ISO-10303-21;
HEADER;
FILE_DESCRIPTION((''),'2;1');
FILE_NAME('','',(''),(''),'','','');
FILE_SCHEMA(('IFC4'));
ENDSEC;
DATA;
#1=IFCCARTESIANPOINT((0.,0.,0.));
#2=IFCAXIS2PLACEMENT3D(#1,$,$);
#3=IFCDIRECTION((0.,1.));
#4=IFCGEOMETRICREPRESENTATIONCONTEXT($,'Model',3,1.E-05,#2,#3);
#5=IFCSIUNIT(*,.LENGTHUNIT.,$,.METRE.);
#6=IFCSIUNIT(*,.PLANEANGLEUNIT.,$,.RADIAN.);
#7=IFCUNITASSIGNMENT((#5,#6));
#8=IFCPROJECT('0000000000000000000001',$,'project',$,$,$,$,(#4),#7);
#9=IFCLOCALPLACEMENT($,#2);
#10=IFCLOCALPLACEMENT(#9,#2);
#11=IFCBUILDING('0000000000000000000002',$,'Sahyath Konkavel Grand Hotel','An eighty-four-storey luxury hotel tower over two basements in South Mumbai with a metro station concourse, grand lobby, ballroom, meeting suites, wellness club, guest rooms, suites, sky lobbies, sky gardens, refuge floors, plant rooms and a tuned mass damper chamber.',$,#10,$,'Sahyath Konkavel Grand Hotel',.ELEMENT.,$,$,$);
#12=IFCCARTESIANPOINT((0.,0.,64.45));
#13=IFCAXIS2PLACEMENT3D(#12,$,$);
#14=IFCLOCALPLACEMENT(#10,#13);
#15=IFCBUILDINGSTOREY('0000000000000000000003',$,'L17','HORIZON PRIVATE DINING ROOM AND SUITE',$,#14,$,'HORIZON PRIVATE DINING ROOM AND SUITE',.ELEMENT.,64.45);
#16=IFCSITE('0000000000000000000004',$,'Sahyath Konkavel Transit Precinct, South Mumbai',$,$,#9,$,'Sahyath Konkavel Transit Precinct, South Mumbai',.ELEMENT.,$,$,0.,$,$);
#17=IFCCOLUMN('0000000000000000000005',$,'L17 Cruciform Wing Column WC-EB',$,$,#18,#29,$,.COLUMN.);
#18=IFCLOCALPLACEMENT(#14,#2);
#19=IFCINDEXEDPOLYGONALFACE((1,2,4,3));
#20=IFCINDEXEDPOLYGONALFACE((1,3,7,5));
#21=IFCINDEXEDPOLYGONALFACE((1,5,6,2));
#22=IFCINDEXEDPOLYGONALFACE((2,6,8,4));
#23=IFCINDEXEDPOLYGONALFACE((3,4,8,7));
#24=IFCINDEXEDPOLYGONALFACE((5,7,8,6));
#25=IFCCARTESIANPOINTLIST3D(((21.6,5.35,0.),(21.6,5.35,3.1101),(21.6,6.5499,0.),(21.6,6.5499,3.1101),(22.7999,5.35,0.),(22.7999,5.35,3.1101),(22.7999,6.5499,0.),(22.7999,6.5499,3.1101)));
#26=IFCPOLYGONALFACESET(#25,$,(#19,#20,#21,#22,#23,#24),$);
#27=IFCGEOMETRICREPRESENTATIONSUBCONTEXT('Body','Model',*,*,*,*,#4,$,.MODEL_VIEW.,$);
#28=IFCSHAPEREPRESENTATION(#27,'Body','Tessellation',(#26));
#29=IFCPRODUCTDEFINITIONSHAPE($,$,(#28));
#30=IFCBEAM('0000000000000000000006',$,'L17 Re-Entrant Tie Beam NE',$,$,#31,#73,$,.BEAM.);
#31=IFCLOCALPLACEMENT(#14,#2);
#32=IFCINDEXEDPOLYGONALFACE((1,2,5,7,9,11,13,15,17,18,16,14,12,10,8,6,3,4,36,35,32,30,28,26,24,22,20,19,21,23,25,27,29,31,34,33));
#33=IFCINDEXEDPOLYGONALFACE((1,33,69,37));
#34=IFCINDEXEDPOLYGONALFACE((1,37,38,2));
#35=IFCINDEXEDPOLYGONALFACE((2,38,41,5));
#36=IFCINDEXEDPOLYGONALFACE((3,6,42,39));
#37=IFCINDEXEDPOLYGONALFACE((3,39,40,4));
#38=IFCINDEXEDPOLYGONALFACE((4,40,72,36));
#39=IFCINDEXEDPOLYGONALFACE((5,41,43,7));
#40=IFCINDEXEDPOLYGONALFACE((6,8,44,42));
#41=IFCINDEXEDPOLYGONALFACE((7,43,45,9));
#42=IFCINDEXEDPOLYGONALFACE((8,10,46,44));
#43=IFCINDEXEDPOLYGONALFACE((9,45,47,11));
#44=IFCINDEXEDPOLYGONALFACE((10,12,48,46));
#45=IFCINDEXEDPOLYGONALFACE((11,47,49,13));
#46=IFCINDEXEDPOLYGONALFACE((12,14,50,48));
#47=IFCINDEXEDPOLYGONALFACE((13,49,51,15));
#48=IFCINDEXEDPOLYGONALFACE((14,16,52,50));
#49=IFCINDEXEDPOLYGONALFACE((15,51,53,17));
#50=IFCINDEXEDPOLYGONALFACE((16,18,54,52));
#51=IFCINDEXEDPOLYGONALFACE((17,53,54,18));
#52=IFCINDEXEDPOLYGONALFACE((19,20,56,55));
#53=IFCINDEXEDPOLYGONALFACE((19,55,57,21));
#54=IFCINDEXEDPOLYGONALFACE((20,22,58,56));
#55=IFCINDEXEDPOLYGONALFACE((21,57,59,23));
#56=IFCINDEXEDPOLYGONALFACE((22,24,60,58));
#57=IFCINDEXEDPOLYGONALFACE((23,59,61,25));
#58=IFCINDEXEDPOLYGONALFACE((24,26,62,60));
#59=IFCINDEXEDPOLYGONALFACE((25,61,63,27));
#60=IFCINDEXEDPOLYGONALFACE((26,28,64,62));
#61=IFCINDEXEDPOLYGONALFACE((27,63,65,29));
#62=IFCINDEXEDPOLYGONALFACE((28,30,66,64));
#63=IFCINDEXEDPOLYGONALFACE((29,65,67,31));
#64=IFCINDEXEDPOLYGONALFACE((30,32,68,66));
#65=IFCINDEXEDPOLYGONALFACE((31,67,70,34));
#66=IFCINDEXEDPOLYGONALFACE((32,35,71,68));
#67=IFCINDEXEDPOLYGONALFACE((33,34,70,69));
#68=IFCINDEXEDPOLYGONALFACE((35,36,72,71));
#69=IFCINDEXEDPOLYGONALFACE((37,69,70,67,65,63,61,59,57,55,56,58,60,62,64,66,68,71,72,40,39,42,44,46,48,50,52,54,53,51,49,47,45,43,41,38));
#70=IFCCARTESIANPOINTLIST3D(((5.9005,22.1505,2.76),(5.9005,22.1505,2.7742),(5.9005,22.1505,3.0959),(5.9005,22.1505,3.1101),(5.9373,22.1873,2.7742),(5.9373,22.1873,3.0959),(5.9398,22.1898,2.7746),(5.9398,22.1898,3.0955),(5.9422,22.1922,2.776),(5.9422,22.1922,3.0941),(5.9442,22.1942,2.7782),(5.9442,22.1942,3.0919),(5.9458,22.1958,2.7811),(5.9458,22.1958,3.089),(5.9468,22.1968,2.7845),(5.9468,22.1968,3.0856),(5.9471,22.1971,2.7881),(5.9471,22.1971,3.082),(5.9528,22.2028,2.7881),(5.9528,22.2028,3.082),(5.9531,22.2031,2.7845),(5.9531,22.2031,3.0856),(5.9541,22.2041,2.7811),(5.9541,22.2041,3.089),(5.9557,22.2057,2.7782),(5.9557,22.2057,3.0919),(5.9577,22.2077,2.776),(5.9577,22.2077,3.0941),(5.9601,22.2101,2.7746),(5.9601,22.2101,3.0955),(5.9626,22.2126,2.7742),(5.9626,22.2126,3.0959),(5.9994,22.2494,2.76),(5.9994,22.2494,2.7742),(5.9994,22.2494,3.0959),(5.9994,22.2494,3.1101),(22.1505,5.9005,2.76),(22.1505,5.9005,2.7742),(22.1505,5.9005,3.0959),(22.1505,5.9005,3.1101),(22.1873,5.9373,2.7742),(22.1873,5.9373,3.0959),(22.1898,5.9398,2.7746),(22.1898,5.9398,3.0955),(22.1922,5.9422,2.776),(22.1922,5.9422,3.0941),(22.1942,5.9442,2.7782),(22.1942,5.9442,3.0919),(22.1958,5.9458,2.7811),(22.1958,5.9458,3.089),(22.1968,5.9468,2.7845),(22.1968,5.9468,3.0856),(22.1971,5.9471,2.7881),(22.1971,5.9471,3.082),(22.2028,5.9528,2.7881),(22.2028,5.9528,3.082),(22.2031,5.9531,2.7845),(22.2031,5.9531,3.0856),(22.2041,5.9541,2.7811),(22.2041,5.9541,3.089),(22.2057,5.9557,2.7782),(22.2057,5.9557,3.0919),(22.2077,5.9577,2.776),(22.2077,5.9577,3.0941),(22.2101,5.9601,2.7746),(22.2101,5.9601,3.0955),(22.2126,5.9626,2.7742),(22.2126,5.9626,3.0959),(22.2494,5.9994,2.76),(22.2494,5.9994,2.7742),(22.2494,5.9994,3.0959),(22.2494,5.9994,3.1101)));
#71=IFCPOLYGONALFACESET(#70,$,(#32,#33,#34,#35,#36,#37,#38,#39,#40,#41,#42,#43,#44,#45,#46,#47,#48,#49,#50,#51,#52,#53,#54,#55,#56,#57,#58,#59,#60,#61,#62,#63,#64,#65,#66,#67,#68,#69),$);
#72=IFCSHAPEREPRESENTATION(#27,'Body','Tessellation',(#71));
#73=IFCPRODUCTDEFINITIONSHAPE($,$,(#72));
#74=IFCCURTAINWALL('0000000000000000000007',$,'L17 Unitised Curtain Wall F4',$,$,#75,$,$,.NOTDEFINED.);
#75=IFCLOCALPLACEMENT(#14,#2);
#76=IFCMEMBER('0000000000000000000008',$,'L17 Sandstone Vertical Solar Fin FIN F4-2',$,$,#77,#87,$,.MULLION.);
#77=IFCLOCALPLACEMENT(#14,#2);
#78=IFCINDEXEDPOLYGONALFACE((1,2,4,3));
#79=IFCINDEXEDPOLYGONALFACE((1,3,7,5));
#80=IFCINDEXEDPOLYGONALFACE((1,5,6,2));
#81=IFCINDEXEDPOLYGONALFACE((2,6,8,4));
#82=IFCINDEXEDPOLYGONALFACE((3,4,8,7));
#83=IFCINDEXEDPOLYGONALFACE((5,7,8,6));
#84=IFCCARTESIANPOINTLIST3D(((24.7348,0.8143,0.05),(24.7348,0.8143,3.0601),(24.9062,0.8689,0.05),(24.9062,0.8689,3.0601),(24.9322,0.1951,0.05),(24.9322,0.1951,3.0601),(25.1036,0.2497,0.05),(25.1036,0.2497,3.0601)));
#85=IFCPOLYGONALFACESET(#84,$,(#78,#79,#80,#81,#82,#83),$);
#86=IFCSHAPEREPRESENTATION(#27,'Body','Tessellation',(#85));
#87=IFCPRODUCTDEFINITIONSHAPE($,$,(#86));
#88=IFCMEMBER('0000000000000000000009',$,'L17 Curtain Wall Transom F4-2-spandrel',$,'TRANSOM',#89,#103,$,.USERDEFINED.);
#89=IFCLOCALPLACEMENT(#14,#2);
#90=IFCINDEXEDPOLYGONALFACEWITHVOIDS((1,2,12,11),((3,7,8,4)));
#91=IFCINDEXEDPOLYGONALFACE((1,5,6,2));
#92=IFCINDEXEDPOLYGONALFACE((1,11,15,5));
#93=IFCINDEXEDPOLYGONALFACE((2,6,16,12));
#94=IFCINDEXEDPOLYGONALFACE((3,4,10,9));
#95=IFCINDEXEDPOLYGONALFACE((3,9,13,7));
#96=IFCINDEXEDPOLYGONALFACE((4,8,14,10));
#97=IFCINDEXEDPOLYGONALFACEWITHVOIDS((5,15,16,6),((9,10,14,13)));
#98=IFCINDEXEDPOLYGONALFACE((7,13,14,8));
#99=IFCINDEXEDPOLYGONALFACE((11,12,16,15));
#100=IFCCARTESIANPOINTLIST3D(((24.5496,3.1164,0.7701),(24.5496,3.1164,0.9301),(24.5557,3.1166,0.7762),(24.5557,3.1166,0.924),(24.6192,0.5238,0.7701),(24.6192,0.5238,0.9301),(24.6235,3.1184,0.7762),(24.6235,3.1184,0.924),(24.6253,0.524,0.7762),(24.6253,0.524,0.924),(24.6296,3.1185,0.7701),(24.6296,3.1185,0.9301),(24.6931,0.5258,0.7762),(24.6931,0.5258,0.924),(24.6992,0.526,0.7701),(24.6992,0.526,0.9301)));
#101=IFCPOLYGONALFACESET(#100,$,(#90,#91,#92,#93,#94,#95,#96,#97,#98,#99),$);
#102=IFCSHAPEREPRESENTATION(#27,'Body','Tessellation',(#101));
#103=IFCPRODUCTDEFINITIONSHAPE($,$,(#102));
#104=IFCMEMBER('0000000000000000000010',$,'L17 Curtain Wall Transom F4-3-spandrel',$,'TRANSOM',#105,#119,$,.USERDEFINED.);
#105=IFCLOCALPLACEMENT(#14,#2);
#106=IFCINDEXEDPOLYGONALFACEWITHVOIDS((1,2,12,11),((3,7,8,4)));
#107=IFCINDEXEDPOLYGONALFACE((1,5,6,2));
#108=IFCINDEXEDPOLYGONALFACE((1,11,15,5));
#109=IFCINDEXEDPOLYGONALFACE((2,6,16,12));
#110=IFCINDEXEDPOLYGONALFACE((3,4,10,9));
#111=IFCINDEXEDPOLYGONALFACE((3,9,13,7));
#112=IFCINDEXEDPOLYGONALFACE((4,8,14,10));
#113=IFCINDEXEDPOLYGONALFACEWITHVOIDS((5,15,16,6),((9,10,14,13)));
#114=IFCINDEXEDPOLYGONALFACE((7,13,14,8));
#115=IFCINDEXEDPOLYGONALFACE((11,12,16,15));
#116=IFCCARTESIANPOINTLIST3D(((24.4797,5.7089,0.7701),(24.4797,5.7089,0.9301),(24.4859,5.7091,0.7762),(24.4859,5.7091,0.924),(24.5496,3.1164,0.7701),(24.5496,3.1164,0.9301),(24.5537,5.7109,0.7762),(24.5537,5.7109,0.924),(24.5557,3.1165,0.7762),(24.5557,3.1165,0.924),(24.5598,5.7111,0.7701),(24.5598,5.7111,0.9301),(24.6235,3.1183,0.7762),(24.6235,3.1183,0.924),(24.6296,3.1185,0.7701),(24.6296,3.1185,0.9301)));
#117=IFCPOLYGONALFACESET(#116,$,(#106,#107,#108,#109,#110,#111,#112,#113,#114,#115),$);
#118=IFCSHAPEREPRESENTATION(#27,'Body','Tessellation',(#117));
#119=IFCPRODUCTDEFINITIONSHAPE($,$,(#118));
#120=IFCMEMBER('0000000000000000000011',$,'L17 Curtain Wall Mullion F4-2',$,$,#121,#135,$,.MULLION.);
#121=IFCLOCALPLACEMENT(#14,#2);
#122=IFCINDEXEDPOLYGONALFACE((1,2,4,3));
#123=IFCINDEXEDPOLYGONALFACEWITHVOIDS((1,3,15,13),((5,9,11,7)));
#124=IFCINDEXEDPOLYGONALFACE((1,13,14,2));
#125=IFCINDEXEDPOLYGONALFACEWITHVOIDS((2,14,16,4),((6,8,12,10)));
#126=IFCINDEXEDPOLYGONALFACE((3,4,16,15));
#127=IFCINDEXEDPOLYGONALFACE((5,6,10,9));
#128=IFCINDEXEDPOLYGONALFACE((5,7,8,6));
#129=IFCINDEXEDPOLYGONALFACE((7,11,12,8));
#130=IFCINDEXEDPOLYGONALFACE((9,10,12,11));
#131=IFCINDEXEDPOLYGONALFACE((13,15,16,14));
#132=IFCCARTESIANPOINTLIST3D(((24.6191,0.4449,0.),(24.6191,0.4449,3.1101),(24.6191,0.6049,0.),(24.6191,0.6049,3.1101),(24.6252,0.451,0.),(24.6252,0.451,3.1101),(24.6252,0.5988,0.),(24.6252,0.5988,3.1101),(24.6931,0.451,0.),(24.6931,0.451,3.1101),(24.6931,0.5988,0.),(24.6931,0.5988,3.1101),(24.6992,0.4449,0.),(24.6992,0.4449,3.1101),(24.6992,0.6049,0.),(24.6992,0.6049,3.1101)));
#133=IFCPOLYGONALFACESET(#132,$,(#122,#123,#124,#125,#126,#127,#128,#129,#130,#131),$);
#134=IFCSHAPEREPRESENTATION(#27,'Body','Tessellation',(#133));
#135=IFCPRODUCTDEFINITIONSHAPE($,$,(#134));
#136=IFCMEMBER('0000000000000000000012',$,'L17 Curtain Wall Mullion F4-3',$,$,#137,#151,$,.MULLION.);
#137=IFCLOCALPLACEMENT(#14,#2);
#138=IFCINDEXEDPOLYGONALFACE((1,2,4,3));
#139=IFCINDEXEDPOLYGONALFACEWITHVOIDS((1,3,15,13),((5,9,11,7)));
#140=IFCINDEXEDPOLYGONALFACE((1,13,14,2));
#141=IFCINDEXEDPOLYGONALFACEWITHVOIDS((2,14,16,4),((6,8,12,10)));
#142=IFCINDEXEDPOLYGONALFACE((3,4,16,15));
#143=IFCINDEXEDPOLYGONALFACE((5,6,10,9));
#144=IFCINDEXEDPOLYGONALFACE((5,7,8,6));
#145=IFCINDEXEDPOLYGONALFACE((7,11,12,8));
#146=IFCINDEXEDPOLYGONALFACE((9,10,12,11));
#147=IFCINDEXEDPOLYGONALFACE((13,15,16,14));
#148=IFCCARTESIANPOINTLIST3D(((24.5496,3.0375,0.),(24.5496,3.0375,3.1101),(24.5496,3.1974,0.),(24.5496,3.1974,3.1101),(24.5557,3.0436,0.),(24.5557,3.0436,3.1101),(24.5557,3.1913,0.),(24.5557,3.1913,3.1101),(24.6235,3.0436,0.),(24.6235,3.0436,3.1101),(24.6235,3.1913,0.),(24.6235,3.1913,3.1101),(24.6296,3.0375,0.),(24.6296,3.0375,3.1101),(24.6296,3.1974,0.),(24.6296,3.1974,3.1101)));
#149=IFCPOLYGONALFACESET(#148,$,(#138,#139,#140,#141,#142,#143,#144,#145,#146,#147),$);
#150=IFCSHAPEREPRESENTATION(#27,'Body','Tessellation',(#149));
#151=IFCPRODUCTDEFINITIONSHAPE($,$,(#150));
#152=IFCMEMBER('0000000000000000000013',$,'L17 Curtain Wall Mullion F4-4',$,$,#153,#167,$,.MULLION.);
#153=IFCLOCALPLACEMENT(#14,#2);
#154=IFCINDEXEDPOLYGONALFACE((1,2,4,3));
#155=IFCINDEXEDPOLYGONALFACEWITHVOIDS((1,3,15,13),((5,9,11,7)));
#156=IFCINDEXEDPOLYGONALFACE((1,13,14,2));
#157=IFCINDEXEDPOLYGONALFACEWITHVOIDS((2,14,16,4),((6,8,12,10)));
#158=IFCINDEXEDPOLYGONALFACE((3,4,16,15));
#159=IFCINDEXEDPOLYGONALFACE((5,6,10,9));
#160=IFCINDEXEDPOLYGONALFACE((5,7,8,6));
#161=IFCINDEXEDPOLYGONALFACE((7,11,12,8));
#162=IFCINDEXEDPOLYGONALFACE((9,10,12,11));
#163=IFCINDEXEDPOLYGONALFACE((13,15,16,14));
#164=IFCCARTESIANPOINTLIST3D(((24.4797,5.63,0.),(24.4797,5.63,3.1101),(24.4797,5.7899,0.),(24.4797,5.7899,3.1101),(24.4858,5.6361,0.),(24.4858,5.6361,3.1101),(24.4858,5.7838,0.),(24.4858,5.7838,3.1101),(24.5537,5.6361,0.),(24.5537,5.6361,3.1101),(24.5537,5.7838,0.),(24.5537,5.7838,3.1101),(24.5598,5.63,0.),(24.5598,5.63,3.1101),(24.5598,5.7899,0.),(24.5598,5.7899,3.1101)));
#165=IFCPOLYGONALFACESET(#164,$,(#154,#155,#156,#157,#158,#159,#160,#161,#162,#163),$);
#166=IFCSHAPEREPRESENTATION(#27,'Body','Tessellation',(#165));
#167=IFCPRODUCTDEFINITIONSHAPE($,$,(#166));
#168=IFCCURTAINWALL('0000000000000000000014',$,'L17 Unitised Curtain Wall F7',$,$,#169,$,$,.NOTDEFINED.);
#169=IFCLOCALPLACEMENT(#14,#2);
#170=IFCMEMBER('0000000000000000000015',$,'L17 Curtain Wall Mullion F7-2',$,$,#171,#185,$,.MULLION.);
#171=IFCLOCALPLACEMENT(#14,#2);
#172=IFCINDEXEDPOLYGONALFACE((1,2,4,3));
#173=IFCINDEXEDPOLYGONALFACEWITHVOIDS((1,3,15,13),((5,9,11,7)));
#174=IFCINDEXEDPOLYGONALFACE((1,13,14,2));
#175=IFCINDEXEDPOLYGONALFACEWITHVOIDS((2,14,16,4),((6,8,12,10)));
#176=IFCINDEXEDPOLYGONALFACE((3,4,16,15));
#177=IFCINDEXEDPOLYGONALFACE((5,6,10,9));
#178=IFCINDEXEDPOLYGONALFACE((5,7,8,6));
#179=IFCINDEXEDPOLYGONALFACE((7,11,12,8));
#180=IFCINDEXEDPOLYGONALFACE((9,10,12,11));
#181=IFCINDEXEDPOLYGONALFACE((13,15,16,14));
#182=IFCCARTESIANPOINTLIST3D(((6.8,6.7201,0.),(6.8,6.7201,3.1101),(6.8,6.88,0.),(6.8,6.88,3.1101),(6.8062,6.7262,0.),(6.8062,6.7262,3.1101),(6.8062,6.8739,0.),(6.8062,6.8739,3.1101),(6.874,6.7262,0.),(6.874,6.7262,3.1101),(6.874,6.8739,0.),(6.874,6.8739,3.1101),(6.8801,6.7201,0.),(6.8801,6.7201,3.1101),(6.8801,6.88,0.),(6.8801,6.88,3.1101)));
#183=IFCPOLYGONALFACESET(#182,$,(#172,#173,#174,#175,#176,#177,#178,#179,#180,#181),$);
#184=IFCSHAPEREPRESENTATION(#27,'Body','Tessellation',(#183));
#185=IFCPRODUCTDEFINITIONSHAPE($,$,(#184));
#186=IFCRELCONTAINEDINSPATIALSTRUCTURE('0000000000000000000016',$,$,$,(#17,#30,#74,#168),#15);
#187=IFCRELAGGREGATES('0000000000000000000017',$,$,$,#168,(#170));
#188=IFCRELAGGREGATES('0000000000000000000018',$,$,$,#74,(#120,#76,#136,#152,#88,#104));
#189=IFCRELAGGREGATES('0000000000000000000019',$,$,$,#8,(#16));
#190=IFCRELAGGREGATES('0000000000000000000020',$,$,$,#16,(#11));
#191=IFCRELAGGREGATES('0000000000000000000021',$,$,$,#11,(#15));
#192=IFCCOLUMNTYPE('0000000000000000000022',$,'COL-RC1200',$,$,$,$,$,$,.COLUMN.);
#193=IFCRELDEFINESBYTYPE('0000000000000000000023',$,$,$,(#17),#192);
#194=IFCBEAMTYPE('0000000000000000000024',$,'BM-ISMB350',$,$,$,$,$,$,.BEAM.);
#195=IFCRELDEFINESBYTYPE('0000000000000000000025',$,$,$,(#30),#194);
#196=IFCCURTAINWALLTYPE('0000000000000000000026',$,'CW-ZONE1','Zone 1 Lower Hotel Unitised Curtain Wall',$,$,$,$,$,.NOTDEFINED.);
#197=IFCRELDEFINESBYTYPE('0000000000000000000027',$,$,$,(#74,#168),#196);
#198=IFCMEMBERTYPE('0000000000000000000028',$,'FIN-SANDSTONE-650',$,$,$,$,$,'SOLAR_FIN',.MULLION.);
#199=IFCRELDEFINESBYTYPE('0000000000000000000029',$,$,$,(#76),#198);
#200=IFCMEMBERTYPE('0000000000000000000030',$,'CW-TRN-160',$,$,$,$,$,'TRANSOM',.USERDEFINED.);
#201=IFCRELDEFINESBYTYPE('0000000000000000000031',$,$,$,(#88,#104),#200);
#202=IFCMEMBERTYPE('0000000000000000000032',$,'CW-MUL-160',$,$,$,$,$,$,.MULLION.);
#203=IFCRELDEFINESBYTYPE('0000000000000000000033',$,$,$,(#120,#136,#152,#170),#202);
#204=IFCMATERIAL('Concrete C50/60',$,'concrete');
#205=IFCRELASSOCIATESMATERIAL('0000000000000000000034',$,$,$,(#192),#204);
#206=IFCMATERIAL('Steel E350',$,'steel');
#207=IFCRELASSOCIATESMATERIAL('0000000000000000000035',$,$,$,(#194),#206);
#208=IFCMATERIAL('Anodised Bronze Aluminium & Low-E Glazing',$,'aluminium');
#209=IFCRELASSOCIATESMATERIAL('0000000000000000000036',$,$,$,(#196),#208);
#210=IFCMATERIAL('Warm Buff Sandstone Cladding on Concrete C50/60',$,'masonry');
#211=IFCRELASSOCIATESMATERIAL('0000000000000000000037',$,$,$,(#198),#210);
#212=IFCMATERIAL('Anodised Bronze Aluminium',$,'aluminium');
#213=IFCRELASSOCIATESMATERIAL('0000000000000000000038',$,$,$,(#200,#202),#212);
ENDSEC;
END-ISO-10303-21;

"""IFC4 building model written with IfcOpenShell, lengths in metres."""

from ifc_helpers import new_model, si_unit, direction, frame, origin, origin_2d, place, context, subcontext, project, spatial, rectangle, hollow_rectangle, i_section, extrude, source, transform, mapped, material, material_profile, profile_set, type_object, element, aggregate, save


model = new_model("IFC4")

# Units and contexts
model_context = context("Model", 3, precision=1e-05, world=origin(), true_north=direction((0.0, 1.0)))
body_context = subcontext(model_context, "Body", "Model", "MODEL_VIEW")
ifc_project = project(units=[si_unit("LENGTHUNIT", "METRE"), si_unit("PLANEANGLEUNIT", "RADIAN")], contexts=[model_context])

# Site, building, storey
site_placement = place(None, origin())
site = spatial("IfcSite", under=ifc_project, at=site_placement, Name="Sahyath Konkavel Transit Precinct, South Mumbai", LongName="Sahyath Konkavel Transit Precinct, South Mumbai", CompositionType="ELEMENT", RefElevation=0.0)
building_placement = place(site_placement, origin())
building = spatial("IfcBuilding", under=site, at=building_placement, Name="Sahyath Konkavel Grand Hotel", Description="An eighty-four-storey luxury hotel tower over two basements in South Mumbai with a metro station concourse, grand lobby, ballroom, meeting suites, wellness club, guest rooms, suites, sky lobbies, sky gardens, refuge floors, plant rooms and a tuned mass damper chamber.", LongName="Sahyath Konkavel Grand Hotel", CompositionType="ELEMENT")
storey_placement = place(building_placement, frame((0.0, 0.0, 64.45)))
storey = spatial("IfcBuildingStorey", under=building, at=storey_placement, Name="L17", Description="HORIZON PRIVATE DINING ROOM AND SUITE", LongName="HORIZON PRIVATE DINING ROOM AND SUITE", CompositionType="ELEMENT", Elevation=64.45)

# Column
ifc_material_1 = material(Name="Concrete C50/60", Category="concrete")
ifc_material_profile_1 = material_profile(ifc_material_1, rectangle(XDim=1.2, YDim=1.2, at=origin_2d()), Name="RC 1200x1200")
ifc_profile_set_1 = profile_set([ifc_material_profile_1], Name="Concrete C50/60")
column_type = type_object("IfcColumnType", Name="COL-RC1200", PredefinedType="COLUMN", material=ifc_profile_set_1)
shared_shape_1 = source(origin(), body_context, "Body", "SweptSolid", [
    extrude(rectangle(XDim=1.2, YDim=1.2, at=origin_2d()), origin(), (0.0, 0.0, 1.0), 3.1101),
])
column_placement = place(storey_placement, frame((22.2, 5.95, 0.0), z_axis=(0.0, 0.0, 1.0), x_axis=(1.0, 0.0, 0.0)))
element("IfcColumn", 1, at=column_placement, inside=storey, type_object=column_type, Name="L17 Cruciform Wing Column WC-EB", PredefinedType="COLUMN", context=body_context, shape_type="MappedRepresentation", body=[
    mapped(shared_shape_1, transform((0.0, 0.0, 0.0), scale=1.0)),
])

# Beam
ifc_material_2 = material(Name="Steel E350", Category="steel")
ifc_material_profile_2 = material_profile(ifc_material_2, i_section(OverallWidth=0.1399, OverallDepth=0.3501, WebThickness=0.0081, FlangeThickness=0.0142, FilletRadius=0.0139, at=origin_2d()), Name="ISMB 350")
ifc_profile_set_2 = profile_set([ifc_material_profile_2], Name="Steel E350")
beam_type_1 = type_object("IfcBeamType", Name="BM-ISMB350", PredefinedType="BEAM", material=ifc_profile_set_2)
shared_shape_2 = source(origin(), body_context, "Body", "SweptSolid", [
    extrude(i_section(OverallWidth=0.1399, OverallDepth=0.3501, WebThickness=0.0081, FlangeThickness=0.0142, FilletRadius=0.0139, at=origin_2d()), origin(), (0.0, 0.0, 1.0), 22.981),
])
beam_1_placement = place(storey_placement, frame((22.2, 5.95, 2.9351), z_axis=(-0.707107, 0.707107, 0.0), x_axis=(-0.707107, -0.707107, 0.0)))
element("IfcBeam", 2, at=beam_1_placement, inside=storey, type_object=beam_type_1, Name="L17 Re-Entrant Tie Beam NE", PredefinedType="BEAM", context=body_context, shape_type="MappedRepresentation", body=[
    mapped(shared_shape_2, transform((0.0, 0.0, 0.0), scale=1.0)),
])

# Curtain wall, members
ifc_material_3 = material(Name="Anodised Bronze Aluminium & Low-E Glazing", Category="aluminium")
curtain_wall_type = type_object("IfcCurtainWallType", Name="CW-ZONE1", Description="Zone 1 Lower Hotel Unitised Curtain Wall", PredefinedType="NOTDEFINED", material=ifc_material_3)
curtain_wall_1_placement = place(storey_placement, origin())
curtain_wall_1 = element("IfcCurtainWall", 3, at=curtain_wall_1_placement, inside=storey, type_object=curtain_wall_type, Name="L17 Unitised Curtain Wall F4", PredefinedType="NOTDEFINED")
ifc_material_4 = material(Name="Warm Buff Sandstone Cladding on Concrete C50/60", Category="masonry")
ifc_material_profile_3 = material_profile(ifc_material_4, rectangle(XDim=0.1799, YDim=0.6499, at=origin_2d()), Name="FIN 180x650")
ifc_profile_set_3 = profile_set([ifc_material_profile_3], Name="Warm Buff Sandstone Cladding on Concrete C50/60")
member_type_1 = type_object("IfcMemberType", Name="FIN-SANDSTONE-650", ElementType="SOLAR_FIN", PredefinedType="MULLION", material=ifc_profile_set_3)
shared_shape_3 = source(origin(), body_context, "Body", "SweptSolid", [
    extrude(rectangle(XDim=0.1799, YDim=0.6499, at=origin_2d()), origin(), (0.0, 0.0, 1.0), 3.01),
])
member_1_placement = place(storey_placement, frame((24.9192, 0.532, 0.05), z_axis=(0.0, 0.0, 1.0), x_axis=(0.952768, 0.303701, 0.0)))
member_1 = element("IfcMember", 4, at=member_1_placement, type_object=member_type_1, Name="L17 Sandstone Vertical Solar Fin FIN F4-2", PredefinedType="MULLION", context=body_context, shape_type="MappedRepresentation", body=[
    mapped(shared_shape_3, transform((0.0, 0.0, 0.0), scale=1.0)),
])
ifc_material_5 = material(Name="Anodised Bronze Aluminium", Category="aluminium")
ifc_material_profile_4 = material_profile(ifc_material_5, hollow_rectangle(XDim=0.0801, YDim=0.1599, WallThickness=0.0061, at=origin_2d()), Name="RHS 160x80x6")
ifc_profile_set_4 = profile_set([ifc_material_profile_4], Name="Anodised Bronze Aluminium")
member_type_2 = type_object("IfcMemberType", Name="CW-TRN-160", ElementType="TRANSOM", PredefinedType="USERDEFINED", material=ifc_profile_set_4)
shared_shape_4 = source(origin(), body_context, "Body", "SweptSolid", [
    extrude(hollow_rectangle(XDim=0.0801, YDim=0.1599, WallThickness=0.0061, at=origin_2d()), origin(), (0.0, 0.0, 1.0), 2.5935),
])
member_2_placement = place(storey_placement, frame((24.6592, 0.5249, 0.8501), z_axis=(-0.026829, 0.99964, 0.0), x_axis=(-0.99964, -0.026829, 0.0)))
member_2 = element("IfcMember", 5, at=member_2_placement, type_object=member_type_2, Name="L17 Curtain Wall Transom F4-2-spandrel", ObjectType="TRANSOM", PredefinedType="USERDEFINED", context=body_context, shape_type="MappedRepresentation", body=[
    mapped(shared_shape_4, transform((0.0, 0.0, 0.0), scale=1.0)),
])
member_3_placement = place(storey_placement, frame((24.5896, 3.1174, 0.8501), z_axis=(-0.026923, 0.999638, 0.0), x_axis=(-0.999638, -0.026923, 0.0)))
member_3 = element("IfcMember", 6, at=member_3_placement, type_object=member_type_2, Name="L17 Curtain Wall Transom F4-3-spandrel", ObjectType="TRANSOM", PredefinedType="USERDEFINED", context=body_context, shape_type="MappedRepresentation", body=[
    mapped(shared_shape_4, transform((0.0, 0.0, 0.0), scale=1.0)),
])
ifc_material_profile_5 = material_profile(ifc_material_5, hollow_rectangle(XDim=0.0801, YDim=0.1599, WallThickness=0.0061, at=origin_2d()), Name="RHS 160x80x6")
ifc_profile_set_5 = profile_set([ifc_material_profile_5], Name="Anodised Bronze Aluminium")
member_type_3 = type_object("IfcMemberType", Name="CW-MUL-160", PredefinedType="MULLION", material=ifc_profile_set_5)
shared_shape_5 = source(origin(), body_context, "Body", "SweptSolid", [
    extrude(hollow_rectangle(XDim=0.0801, YDim=0.1599, WallThickness=0.0061, at=origin_2d()), origin(), (0.0, 0.0, 1.0), 3.1101),
])
member_4_placement = place(storey_placement, frame((24.6592, 0.5249, 0.0), z_axis=(0.0, 0.0, 1.0), x_axis=(1.0, 0.0, 0.0)))
member_4 = element("IfcMember", 7, at=member_4_placement, type_object=member_type_3, Name="L17 Curtain Wall Mullion F4-2", PredefinedType="MULLION", context=body_context, shape_type="MappedRepresentation", body=[
    mapped(shared_shape_5, transform((0.0, 0.0, 0.0), scale=1.0)),
])
member_5_placement = place(storey_placement, frame((24.5896, 3.1174, 0.0), z_axis=(0.0, 0.0, 1.0), x_axis=(1.0, 0.0, 0.0)))
member_5 = element("IfcMember", 8, at=member_5_placement, type_object=member_type_3, Name="L17 Curtain Wall Mullion F4-3", PredefinedType="MULLION", context=body_context, shape_type="MappedRepresentation", body=[
    mapped(shared_shape_5, transform((0.0, 0.0, 0.0), scale=1.0)),
])
member_6_placement = place(storey_placement, frame((24.5198, 5.71, 0.0), z_axis=(0.0, 0.0, 1.0), x_axis=(1.0, 0.0, 0.0)))
member_6 = element("IfcMember", 9, at=member_6_placement, type_object=member_type_3, Name="L17 Curtain Wall Mullion F4-4", PredefinedType="MULLION", context=body_context, shape_type="MappedRepresentation", body=[
    mapped(shared_shape_5, transform((0.0, 0.0, 0.0), scale=1.0)),
])

# Curtain wall, member
curtain_wall_2_placement = place(storey_placement, origin())
curtain_wall_2 = element("IfcCurtainWall", 10, at=curtain_wall_2_placement, inside=storey, type_object=curtain_wall_type, Name="L17 Unitised Curtain Wall F7", PredefinedType="NOTDEFINED")
member_7_placement = place(storey_placement, frame((6.8401, 6.8, 0.0), z_axis=(0.0, 0.0, 1.0), x_axis=(1.0, 0.0, 0.0)))
member_7 = element("IfcMember", 11, at=member_7_placement, type_object=member_type_3, Name="L17 Curtain Wall Mullion F7-2", PredefinedType="MULLION", context=body_context, shape_type="MappedRepresentation", body=[
    mapped(shared_shape_5, transform((0.0, 0.0, 0.0), scale=1.0)),
])

aggregate(curtain_wall_2, [member_7])
aggregate(curtain_wall_1, [member_4, member_1, member_5, member_6, member_2, member_3])

save(model, "model.ifc")
